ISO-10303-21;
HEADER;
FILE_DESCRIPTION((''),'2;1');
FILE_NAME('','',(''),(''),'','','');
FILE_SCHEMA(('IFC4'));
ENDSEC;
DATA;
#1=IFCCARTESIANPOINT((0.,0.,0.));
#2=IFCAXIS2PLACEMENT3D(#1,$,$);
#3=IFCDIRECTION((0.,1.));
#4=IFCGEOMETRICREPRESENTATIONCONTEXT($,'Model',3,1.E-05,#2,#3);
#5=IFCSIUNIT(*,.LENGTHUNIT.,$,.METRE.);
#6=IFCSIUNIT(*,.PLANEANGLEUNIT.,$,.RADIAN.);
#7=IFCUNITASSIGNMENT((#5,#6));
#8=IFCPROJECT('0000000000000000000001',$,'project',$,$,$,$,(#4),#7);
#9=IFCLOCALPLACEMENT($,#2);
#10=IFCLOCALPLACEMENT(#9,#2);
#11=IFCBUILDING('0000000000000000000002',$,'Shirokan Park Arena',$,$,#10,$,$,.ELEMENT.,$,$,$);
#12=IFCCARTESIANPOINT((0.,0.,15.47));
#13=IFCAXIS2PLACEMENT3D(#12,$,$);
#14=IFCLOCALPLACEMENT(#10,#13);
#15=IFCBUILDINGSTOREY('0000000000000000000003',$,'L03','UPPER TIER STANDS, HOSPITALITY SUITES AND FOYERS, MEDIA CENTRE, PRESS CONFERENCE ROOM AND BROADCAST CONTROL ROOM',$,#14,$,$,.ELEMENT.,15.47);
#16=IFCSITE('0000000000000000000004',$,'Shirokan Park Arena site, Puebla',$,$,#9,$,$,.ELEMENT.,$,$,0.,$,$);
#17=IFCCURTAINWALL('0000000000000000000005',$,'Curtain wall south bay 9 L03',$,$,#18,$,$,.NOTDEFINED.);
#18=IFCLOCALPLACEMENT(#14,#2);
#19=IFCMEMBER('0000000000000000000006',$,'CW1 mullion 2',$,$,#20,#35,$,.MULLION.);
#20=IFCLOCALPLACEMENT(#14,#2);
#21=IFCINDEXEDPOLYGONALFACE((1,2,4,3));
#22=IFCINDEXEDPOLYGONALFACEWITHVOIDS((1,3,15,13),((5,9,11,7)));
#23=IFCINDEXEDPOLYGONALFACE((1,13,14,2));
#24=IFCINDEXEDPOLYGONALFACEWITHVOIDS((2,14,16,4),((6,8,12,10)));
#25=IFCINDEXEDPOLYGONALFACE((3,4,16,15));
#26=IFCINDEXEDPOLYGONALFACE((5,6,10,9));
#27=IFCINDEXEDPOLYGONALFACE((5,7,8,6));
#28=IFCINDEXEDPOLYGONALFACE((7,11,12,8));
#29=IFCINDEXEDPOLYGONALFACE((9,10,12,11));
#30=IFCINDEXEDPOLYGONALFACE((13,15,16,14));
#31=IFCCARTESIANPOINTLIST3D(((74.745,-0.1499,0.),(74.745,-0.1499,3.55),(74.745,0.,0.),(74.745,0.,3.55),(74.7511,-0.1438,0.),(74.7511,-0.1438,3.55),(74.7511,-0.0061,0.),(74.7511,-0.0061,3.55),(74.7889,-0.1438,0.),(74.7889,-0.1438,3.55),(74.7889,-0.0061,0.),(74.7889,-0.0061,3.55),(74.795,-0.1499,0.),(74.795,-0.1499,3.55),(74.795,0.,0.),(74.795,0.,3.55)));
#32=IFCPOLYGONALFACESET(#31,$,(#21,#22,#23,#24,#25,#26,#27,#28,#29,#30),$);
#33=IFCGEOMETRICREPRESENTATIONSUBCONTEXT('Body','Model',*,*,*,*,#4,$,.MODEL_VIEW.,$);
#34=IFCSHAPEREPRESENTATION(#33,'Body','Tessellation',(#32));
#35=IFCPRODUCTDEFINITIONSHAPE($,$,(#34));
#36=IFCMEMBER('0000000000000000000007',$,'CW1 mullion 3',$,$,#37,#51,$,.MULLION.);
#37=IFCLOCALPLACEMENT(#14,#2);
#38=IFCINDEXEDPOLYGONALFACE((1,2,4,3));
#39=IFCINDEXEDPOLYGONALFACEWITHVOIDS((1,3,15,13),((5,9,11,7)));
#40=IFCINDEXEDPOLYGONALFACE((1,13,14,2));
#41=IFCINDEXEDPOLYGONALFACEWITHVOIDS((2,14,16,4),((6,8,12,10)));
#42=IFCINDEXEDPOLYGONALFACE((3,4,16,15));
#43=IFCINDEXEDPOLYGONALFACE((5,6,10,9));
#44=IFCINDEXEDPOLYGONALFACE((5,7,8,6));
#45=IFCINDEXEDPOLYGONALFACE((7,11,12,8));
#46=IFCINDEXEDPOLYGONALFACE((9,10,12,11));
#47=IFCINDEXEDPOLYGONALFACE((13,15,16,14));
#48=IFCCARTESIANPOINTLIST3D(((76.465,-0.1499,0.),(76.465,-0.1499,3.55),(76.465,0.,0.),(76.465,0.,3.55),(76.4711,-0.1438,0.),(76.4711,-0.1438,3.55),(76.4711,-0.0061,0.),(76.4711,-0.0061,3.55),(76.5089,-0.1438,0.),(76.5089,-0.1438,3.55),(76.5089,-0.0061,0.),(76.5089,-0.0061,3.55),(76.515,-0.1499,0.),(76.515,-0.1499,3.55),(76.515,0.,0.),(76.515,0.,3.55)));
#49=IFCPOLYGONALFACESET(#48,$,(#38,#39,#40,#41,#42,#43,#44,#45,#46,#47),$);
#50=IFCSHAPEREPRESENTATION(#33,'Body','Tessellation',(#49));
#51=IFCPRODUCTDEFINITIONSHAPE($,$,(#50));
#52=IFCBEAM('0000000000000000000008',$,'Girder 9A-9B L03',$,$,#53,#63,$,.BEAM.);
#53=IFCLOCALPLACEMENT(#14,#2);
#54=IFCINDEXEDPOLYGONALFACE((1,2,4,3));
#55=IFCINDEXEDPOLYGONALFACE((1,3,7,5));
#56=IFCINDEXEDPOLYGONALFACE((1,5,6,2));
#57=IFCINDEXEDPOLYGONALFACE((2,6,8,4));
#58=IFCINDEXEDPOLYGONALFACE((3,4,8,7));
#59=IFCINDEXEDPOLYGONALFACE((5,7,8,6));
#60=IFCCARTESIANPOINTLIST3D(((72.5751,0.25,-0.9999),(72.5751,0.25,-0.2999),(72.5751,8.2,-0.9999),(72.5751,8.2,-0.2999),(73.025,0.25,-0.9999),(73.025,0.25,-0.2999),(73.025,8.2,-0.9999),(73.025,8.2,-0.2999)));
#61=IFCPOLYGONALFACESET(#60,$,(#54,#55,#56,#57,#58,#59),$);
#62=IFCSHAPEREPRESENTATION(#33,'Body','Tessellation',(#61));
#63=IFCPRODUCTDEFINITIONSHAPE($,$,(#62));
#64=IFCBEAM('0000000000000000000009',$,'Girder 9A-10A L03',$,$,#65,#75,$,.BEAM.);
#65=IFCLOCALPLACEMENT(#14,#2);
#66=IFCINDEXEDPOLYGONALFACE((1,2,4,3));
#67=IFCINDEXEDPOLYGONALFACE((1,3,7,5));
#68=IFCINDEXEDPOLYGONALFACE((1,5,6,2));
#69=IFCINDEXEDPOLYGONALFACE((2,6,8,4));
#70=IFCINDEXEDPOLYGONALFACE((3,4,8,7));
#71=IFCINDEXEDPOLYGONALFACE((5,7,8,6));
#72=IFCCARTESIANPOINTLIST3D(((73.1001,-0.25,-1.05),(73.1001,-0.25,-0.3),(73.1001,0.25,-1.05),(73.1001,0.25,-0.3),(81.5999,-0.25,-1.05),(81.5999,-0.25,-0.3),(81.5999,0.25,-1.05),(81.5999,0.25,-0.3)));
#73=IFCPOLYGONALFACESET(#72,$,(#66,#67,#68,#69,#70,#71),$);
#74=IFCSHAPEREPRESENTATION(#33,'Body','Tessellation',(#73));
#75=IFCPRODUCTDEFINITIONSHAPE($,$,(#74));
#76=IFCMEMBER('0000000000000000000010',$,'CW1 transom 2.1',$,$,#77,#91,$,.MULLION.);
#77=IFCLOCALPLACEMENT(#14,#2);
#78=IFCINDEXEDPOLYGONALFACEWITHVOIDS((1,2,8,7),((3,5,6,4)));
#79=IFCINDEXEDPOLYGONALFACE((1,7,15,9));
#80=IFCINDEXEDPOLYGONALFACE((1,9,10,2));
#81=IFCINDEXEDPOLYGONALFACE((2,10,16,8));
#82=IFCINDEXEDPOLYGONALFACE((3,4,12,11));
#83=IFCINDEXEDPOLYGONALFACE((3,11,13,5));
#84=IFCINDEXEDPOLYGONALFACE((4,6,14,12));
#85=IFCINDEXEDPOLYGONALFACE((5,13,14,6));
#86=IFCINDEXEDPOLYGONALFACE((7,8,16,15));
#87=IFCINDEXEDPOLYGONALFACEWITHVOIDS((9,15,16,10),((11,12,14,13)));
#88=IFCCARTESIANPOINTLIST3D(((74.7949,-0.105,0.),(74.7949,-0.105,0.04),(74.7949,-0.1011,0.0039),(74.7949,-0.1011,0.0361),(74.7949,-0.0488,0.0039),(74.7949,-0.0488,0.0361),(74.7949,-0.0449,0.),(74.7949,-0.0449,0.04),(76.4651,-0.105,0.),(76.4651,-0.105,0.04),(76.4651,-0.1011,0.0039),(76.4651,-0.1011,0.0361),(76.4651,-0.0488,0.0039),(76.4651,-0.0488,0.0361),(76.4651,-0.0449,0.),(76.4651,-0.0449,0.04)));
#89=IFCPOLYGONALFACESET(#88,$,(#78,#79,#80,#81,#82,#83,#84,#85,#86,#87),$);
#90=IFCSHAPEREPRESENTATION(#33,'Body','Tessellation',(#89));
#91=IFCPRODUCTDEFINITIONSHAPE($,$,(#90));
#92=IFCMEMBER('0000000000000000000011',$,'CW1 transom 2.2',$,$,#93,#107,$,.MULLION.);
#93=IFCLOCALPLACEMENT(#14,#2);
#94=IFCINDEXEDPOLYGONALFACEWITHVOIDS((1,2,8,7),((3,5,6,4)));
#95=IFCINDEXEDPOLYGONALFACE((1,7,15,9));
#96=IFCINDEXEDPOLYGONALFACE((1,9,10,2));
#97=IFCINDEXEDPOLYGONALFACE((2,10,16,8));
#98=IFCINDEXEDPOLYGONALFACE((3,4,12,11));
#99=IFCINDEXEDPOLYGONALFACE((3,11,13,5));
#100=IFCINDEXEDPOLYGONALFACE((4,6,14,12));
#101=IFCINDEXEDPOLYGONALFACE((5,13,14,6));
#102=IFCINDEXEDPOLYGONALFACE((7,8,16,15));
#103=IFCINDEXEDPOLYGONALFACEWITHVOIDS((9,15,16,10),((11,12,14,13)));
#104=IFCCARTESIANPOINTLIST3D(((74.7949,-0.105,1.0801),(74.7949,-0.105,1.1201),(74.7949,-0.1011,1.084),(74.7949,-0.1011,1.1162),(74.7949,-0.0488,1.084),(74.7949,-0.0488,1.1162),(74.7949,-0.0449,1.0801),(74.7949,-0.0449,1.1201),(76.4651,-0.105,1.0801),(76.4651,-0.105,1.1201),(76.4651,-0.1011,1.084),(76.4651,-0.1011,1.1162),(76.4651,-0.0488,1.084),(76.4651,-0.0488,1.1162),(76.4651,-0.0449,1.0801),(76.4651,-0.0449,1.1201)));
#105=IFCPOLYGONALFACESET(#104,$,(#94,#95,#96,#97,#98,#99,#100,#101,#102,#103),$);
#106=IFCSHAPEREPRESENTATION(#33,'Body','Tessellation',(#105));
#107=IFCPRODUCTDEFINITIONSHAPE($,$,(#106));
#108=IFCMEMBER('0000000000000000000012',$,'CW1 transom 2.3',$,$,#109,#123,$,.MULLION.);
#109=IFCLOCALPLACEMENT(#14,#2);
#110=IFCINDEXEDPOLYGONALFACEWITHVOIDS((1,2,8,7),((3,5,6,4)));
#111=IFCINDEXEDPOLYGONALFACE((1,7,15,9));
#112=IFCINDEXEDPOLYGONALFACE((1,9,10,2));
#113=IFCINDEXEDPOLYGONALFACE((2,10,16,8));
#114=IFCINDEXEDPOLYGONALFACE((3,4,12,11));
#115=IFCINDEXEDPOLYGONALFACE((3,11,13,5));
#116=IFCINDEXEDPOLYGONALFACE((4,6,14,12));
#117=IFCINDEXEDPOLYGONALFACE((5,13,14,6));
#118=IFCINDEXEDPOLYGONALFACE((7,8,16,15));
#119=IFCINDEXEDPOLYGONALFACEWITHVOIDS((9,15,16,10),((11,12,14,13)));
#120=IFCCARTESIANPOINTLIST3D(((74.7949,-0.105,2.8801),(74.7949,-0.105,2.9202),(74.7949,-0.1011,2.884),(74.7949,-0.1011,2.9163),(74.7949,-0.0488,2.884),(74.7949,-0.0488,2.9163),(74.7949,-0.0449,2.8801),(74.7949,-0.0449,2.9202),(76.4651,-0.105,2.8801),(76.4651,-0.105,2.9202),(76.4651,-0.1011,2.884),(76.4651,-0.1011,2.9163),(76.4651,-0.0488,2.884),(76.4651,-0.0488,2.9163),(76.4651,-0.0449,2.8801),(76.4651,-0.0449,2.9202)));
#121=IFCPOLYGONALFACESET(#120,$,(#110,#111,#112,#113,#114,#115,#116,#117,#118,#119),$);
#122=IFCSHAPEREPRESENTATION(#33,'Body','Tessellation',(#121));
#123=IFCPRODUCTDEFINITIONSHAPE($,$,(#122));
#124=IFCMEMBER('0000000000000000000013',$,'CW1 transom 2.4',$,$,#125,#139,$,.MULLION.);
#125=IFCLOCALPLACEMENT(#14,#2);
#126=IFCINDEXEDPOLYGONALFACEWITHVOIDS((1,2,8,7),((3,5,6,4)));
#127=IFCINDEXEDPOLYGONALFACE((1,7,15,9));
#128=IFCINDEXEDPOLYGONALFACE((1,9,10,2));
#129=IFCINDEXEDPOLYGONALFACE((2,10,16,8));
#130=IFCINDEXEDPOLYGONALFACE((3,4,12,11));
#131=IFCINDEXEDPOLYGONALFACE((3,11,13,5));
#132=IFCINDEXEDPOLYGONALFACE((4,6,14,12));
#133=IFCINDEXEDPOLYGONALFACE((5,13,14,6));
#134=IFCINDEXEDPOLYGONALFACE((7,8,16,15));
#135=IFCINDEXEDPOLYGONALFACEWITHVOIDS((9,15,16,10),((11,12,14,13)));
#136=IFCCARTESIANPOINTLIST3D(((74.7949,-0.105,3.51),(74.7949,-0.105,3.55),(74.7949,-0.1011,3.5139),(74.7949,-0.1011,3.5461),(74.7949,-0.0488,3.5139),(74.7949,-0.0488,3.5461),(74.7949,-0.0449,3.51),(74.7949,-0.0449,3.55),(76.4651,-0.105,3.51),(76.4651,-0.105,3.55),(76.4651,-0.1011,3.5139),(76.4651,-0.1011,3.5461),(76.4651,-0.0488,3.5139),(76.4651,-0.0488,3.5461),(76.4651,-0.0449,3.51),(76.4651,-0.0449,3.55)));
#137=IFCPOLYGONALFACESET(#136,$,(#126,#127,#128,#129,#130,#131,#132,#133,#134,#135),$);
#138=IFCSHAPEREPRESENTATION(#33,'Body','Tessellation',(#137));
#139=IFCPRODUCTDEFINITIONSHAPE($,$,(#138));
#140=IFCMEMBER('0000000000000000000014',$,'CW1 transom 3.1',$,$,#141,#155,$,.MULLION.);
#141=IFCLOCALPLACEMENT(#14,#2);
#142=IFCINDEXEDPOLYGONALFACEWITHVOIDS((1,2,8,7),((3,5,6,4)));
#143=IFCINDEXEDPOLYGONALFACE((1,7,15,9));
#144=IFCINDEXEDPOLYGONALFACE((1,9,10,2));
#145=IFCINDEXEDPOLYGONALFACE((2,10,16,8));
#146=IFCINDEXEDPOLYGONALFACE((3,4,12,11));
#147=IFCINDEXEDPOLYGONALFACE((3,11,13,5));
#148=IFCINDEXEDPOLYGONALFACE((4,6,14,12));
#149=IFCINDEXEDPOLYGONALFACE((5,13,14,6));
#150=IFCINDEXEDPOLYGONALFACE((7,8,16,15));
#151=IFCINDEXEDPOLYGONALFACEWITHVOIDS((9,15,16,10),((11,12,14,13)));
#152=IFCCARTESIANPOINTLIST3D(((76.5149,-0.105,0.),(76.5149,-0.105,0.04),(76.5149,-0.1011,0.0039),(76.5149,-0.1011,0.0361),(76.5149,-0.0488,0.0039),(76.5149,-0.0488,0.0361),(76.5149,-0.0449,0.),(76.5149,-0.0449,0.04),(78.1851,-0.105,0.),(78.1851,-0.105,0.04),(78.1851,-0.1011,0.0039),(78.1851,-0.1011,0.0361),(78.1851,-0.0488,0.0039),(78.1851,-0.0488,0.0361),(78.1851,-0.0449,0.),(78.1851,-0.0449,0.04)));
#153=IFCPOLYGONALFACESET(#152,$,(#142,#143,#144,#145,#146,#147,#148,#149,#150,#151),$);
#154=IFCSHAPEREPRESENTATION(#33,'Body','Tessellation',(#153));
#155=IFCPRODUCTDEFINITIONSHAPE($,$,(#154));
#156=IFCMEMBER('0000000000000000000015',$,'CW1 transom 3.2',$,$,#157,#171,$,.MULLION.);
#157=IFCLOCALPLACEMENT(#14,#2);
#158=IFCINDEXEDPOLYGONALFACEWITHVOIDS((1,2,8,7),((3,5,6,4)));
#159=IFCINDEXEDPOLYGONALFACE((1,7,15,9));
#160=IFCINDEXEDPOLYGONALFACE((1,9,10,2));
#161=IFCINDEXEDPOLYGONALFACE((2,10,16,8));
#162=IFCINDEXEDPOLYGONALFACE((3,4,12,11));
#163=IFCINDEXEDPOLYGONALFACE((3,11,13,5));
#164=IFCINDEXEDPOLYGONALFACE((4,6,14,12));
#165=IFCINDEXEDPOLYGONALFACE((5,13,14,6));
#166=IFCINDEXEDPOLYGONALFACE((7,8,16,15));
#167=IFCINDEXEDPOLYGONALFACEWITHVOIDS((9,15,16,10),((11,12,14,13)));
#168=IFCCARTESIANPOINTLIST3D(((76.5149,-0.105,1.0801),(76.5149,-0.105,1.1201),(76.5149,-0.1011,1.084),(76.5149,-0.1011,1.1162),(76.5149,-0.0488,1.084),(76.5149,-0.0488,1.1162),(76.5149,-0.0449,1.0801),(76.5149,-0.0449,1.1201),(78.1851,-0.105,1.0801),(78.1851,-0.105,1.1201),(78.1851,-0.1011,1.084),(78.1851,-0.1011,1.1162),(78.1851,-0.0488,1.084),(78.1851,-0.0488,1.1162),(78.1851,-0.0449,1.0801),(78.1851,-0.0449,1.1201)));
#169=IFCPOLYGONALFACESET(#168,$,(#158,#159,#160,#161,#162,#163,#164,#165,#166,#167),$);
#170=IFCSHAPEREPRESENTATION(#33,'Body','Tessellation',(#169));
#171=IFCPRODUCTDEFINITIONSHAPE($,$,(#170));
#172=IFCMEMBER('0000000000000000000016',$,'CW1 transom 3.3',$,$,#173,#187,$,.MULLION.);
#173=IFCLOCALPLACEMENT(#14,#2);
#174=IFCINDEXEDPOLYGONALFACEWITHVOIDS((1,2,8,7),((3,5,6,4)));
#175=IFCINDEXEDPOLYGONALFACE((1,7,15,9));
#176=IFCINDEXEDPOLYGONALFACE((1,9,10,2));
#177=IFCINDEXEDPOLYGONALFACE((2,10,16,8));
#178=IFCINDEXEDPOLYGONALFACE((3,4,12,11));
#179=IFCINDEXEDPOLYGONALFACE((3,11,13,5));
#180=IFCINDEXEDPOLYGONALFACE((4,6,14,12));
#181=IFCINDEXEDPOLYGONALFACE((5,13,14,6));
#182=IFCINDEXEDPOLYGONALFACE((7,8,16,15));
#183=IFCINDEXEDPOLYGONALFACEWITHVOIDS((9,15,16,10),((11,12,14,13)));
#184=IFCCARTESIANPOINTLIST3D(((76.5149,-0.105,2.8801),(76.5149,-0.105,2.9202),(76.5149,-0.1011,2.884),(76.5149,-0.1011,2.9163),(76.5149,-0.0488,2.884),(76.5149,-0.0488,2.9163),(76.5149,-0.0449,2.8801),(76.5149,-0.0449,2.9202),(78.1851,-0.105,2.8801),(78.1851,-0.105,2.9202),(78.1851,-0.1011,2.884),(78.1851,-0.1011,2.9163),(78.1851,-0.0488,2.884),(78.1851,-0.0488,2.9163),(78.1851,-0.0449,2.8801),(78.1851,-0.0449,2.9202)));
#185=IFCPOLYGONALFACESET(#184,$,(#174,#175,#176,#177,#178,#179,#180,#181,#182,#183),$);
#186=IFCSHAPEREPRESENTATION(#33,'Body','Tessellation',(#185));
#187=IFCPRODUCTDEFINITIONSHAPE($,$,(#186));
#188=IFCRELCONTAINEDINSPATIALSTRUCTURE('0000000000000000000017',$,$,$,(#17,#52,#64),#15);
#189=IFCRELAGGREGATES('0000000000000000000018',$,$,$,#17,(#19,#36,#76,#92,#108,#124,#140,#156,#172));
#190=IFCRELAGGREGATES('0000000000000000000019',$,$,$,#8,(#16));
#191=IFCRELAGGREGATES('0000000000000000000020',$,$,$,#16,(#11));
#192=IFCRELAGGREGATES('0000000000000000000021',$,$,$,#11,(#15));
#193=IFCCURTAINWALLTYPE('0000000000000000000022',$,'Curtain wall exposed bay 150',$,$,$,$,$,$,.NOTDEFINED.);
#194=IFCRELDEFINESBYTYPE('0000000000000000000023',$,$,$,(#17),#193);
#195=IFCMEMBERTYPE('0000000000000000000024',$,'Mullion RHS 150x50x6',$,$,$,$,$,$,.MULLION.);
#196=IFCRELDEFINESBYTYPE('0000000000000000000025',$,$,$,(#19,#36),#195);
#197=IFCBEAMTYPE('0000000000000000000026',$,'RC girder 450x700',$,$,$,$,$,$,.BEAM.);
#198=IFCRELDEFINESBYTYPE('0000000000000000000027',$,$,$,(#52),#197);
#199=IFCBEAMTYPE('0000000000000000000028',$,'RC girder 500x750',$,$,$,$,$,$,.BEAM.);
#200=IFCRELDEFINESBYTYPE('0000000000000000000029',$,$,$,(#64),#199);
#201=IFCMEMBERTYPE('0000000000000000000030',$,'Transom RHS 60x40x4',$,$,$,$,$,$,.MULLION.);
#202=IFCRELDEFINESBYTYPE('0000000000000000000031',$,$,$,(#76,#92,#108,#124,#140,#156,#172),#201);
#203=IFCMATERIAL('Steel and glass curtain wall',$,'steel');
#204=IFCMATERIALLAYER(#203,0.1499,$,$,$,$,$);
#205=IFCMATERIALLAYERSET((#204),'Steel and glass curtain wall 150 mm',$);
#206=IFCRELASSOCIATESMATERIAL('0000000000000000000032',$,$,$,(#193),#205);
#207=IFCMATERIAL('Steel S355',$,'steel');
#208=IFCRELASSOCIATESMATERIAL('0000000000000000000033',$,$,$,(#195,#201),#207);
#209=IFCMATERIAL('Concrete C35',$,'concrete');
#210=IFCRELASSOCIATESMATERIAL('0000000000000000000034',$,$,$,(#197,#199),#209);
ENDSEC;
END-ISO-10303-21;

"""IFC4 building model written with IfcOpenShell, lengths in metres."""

from ifc_helpers import new_model, si_unit, direction, frame, origin, origin_2d, place, context, subcontext, project, spatial, rectangle, hollow_rectangle, extrude, material, layer, layer_set, material_profile, profile_set, type_object, element, aggregate, save


model = new_model("IFC4")

# Units and contexts
model_context = context("Model", 3, precision=1e-05, world=origin(), true_north=direction((0.0, 1.0)))
body_context = subcontext(model_context, "Body", "Model", "MODEL_VIEW")
ifc_project = project(units=[si_unit("LENGTHUNIT", "METRE"), si_unit("PLANEANGLEUNIT", "RADIAN")], contexts=[model_context])

# Site, building, storey
site_placement = place(None, origin())
site = spatial("IfcSite", under=ifc_project, at=site_placement, Name="Shirokan Park Arena site, Puebla", CompositionType="ELEMENT", RefElevation=0.0)
building_placement = place(site_placement, origin())
building = spatial("IfcBuilding", under=site, at=building_placement, Name="Shirokan Park Arena", CompositionType="ELEMENT")
storey_placement = place(building_placement, frame((0.0, 0.0, 15.47)))
storey = spatial("IfcBuildingStorey", under=building, at=storey_placement, Name="L03", Description="UPPER TIER STANDS, HOSPITALITY SUITES AND FOYERS, MEDIA CENTRE, PRESS CONFERENCE ROOM AND BROADCAST CONTROL ROOM", CompositionType="ELEMENT", Elevation=15.47)

# Curtain wall, members
ifc_material_1 = material(Name="Steel and glass curtain wall", Category="steel")
ifc_layer_1 = layer(ifc_material_1, 0.1499)
ifc_layer_set_1 = layer_set([ifc_layer_1], Name="Steel and glass curtain wall 150 mm")
curtain_wall_type = type_object("IfcCurtainWallType", Name="Curtain wall exposed bay 150", PredefinedType="NOTDEFINED", material=ifc_layer_set_1)
curtain_wall_placement = place(storey_placement, origin())
curtain_wall = element("IfcCurtainWall", 1, at=curtain_wall_placement, inside=storey, type_object=curtain_wall_type, Name="Curtain wall south bay 9 L03", PredefinedType="NOTDEFINED")
ifc_material_2 = material(Name="Steel S355", Category="steel")
ifc_material_profile_1 = material_profile(ifc_material_2, hollow_rectangle(XDim=0.1499, YDim=0.05, WallThickness=0.0061, at=origin_2d()), Name="RHS 150x50x6")
ifc_profile_set_1 = profile_set([ifc_material_profile_1], Name="Steel S355")
member_type_1 = type_object("IfcMemberType", Name="Mullion RHS 150x50x6", PredefinedType="MULLION", material=ifc_profile_set_1)
member_1_placement = place(storey_placement, frame((74.77, -0.075, 0.0), z_axis=(0.0, 0.0, 1.0), x_axis=(0.0, 1.0, 0.0)))
member_1 = element("IfcMember", 2, at=member_1_placement, type_object=member_type_1, Name="CW1 mullion 2", PredefinedType="MULLION", context=body_context, shape_type="SweptSolid", body=[
    extrude(hollow_rectangle(XDim=0.1499, YDim=0.05, WallThickness=0.0061, at=origin_2d()), origin(), (0.0, 0.0, 1.0), 3.55),
])
member_2_placement = place(storey_placement, frame((76.49, -0.075, 0.0), z_axis=(0.0, 0.0, 1.0), x_axis=(0.0, 1.0, 0.0)))
member_2 = element("IfcMember", 3, at=member_2_placement, type_object=member_type_1, Name="CW1 mullion 3", PredefinedType="MULLION", context=body_context, shape_type="SweptSolid", body=[
    extrude(hollow_rectangle(XDim=0.1499, YDim=0.05, WallThickness=0.0061, at=origin_2d()), origin(), (0.0, 0.0, 1.0), 3.55),
])

# Beams
ifc_material_3 = material(Name="Concrete C35", Category="concrete")
ifc_material_profile_2 = material_profile(ifc_material_3, rectangle(XDim=0.45, YDim=0.7, at=origin_2d()), Name="450x700")
ifc_profile_set_2 = profile_set([ifc_material_profile_2], Name="Concrete C35")
beam_type_1 = type_object("IfcBeamType", Name="RC girder 450x700", PredefinedType="BEAM", material=ifc_profile_set_2)
beam_1_placement = place(storey_placement, frame((72.8, 0.25, -0.6499), z_axis=(0.0, 1.0, 0.0), x_axis=(-1.0, 0.0, 0.0)))
element("IfcBeam", 4, at=beam_1_placement, inside=storey, type_object=beam_type_1, Name="Girder 9A-9B L03", PredefinedType="BEAM", context=body_context, shape_type="SweptSolid", body=[
    extrude(rectangle(XDim=0.45, YDim=0.7, at=origin_2d()), origin(), (0.0, 0.0, 1.0), 7.95),
])
ifc_material_profile_3 = material_profile(ifc_material_3, rectangle(XDim=0.5, YDim=0.75, at=origin_2d()), Name="500x750")
ifc_profile_set_3 = profile_set([ifc_material_profile_3], Name="Concrete C35")
beam_type_2 = type_object("IfcBeamType", Name="RC girder 500x750", PredefinedType="BEAM", material=ifc_profile_set_3)
beam_2_placement = place(storey_placement, frame((73.1001, 0.0, -0.675), z_axis=(1.0, 0.0, 0.0), x_axis=(0.0, 1.0, 0.0)))
element("IfcBeam", 5, at=beam_2_placement, inside=storey, type_object=beam_type_2, Name="Girder 9A-10A L03", PredefinedType="BEAM", context=body_context, shape_type="SweptSolid", body=[
    extrude(rectangle(XDim=0.5, YDim=0.75, at=origin_2d()), origin(), (0.0, 0.0, 1.0), 8.4998),
])

# Members
ifc_material_profile_4 = material_profile(ifc_material_2, hollow_rectangle(XDim=0.0601, YDim=0.04, WallThickness=0.0039, at=origin_2d()), Name="RHS 60x40x4")
ifc_profile_set_4 = profile_set([ifc_material_profile_4], Name="Steel S355")
member_type_2 = type_object("IfcMemberType", Name="Transom RHS 60x40x4", PredefinedType="MULLION", material=ifc_profile_set_4)
member_3_placement = place(storey_placement, frame((74.7949, -0.075, 0.02), z_axis=(1.0, 0.0, 0.0), x_axis=(0.0, 1.0, 0.0)))
member_3 = element("IfcMember", 6, at=member_3_placement, type_object=member_type_2, Name="CW1 transom 2.1", PredefinedType="MULLION", context=body_context, shape_type="SweptSolid", body=[
    extrude(hollow_rectangle(XDim=0.0601, YDim=0.04, WallThickness=0.0039, at=origin_2d()), origin(), (0.0, 0.0, 1.0), 1.6702),
])
member_4_placement = place(storey_placement, frame((74.7949, -0.075, 1.1001), z_axis=(1.0, 0.0, 0.0), x_axis=(0.0, 1.0, 0.0)))
member_4 = element("IfcMember", 7, at=member_4_placement, type_object=member_type_2, Name="CW1 transom 2.2", PredefinedType="MULLION", context=body_context, shape_type="SweptSolid", body=[
    extrude(hollow_rectangle(XDim=0.0601, YDim=0.04, WallThickness=0.0039, at=origin_2d()), origin(), (0.0, 0.0, 1.0), 1.6702),
])
member_5_placement = place(storey_placement, frame((74.7949, -0.075, 2.9001), z_axis=(1.0, 0.0, 0.0), x_axis=(0.0, 1.0, 0.0)))
member_5 = element("IfcMember", 8, at=member_5_placement, type_object=member_type_2, Name="CW1 transom 2.3", PredefinedType="MULLION", context=body_context, shape_type="SweptSolid", body=[
    extrude(hollow_rectangle(XDim=0.0601, YDim=0.04, WallThickness=0.0039, at=origin_2d()), origin(), (0.0, 0.0, 1.0), 1.6702),
])
member_6_placement = place(storey_placement, frame((74.7949, -0.075, 3.53), z_axis=(1.0, 0.0, 0.0), x_axis=(0.0, 1.0, 0.0)))
member_6 = element("IfcMember", 9, at=member_6_placement, type_object=member_type_2, Name="CW1 transom 2.4", PredefinedType="MULLION", context=body_context, shape_type="SweptSolid", body=[
    extrude(hollow_rectangle(XDim=0.0601, YDim=0.04, WallThickness=0.0039, at=origin_2d()), origin(), (0.0, 0.0, 1.0), 1.6702),
])
member_7_placement = place(storey_placement, frame((76.5149, -0.075, 0.02), z_axis=(1.0, 0.0, 0.0), x_axis=(0.0, 1.0, 0.0)))
member_7 = element("IfcMember", 10, at=member_7_placement, type_object=member_type_2, Name="CW1 transom 3.1", PredefinedType="MULLION", context=body_context, shape_type="SweptSolid", body=[
    extrude(hollow_rectangle(XDim=0.0601, YDim=0.04, WallThickness=0.0039, at=origin_2d()), origin(), (0.0, 0.0, 1.0), 1.6702),
])
member_8_placement = place(storey_placement, frame((76.5149, -0.075, 1.1001), z_axis=(1.0, 0.0, 0.0), x_axis=(0.0, 1.0, 0.0)))
member_8 = element("IfcMember", 11, at=member_8_placement, type_object=member_type_2, Name="CW1 transom 3.2", PredefinedType="MULLION", context=body_context, shape_type="SweptSolid", body=[
    extrude(hollow_rectangle(XDim=0.0601, YDim=0.04, WallThickness=0.0039, at=origin_2d()), origin(), (0.0, 0.0, 1.0), 1.6702),
])
member_9_placement = place(storey_placement, frame((76.5149, -0.075, 2.9001), z_axis=(1.0, 0.0, 0.0), x_axis=(0.0, 1.0, 0.0)))
member_9 = element("IfcMember", 12, at=member_9_placement, type_object=member_type_2, Name="CW1 transom 3.3", PredefinedType="MULLION", context=body_context, shape_type="SweptSolid", body=[
    extrude(hollow_rectangle(XDim=0.0601, YDim=0.04, WallThickness=0.0039, at=origin_2d()), origin(), (0.0, 0.0, 1.0), 1.6702),
])

aggregate(curtain_wall, [member_1, member_2, member_3, member_4, member_5, member_6, member_7, member_8, member_9])

save(model, "model.ifc")
